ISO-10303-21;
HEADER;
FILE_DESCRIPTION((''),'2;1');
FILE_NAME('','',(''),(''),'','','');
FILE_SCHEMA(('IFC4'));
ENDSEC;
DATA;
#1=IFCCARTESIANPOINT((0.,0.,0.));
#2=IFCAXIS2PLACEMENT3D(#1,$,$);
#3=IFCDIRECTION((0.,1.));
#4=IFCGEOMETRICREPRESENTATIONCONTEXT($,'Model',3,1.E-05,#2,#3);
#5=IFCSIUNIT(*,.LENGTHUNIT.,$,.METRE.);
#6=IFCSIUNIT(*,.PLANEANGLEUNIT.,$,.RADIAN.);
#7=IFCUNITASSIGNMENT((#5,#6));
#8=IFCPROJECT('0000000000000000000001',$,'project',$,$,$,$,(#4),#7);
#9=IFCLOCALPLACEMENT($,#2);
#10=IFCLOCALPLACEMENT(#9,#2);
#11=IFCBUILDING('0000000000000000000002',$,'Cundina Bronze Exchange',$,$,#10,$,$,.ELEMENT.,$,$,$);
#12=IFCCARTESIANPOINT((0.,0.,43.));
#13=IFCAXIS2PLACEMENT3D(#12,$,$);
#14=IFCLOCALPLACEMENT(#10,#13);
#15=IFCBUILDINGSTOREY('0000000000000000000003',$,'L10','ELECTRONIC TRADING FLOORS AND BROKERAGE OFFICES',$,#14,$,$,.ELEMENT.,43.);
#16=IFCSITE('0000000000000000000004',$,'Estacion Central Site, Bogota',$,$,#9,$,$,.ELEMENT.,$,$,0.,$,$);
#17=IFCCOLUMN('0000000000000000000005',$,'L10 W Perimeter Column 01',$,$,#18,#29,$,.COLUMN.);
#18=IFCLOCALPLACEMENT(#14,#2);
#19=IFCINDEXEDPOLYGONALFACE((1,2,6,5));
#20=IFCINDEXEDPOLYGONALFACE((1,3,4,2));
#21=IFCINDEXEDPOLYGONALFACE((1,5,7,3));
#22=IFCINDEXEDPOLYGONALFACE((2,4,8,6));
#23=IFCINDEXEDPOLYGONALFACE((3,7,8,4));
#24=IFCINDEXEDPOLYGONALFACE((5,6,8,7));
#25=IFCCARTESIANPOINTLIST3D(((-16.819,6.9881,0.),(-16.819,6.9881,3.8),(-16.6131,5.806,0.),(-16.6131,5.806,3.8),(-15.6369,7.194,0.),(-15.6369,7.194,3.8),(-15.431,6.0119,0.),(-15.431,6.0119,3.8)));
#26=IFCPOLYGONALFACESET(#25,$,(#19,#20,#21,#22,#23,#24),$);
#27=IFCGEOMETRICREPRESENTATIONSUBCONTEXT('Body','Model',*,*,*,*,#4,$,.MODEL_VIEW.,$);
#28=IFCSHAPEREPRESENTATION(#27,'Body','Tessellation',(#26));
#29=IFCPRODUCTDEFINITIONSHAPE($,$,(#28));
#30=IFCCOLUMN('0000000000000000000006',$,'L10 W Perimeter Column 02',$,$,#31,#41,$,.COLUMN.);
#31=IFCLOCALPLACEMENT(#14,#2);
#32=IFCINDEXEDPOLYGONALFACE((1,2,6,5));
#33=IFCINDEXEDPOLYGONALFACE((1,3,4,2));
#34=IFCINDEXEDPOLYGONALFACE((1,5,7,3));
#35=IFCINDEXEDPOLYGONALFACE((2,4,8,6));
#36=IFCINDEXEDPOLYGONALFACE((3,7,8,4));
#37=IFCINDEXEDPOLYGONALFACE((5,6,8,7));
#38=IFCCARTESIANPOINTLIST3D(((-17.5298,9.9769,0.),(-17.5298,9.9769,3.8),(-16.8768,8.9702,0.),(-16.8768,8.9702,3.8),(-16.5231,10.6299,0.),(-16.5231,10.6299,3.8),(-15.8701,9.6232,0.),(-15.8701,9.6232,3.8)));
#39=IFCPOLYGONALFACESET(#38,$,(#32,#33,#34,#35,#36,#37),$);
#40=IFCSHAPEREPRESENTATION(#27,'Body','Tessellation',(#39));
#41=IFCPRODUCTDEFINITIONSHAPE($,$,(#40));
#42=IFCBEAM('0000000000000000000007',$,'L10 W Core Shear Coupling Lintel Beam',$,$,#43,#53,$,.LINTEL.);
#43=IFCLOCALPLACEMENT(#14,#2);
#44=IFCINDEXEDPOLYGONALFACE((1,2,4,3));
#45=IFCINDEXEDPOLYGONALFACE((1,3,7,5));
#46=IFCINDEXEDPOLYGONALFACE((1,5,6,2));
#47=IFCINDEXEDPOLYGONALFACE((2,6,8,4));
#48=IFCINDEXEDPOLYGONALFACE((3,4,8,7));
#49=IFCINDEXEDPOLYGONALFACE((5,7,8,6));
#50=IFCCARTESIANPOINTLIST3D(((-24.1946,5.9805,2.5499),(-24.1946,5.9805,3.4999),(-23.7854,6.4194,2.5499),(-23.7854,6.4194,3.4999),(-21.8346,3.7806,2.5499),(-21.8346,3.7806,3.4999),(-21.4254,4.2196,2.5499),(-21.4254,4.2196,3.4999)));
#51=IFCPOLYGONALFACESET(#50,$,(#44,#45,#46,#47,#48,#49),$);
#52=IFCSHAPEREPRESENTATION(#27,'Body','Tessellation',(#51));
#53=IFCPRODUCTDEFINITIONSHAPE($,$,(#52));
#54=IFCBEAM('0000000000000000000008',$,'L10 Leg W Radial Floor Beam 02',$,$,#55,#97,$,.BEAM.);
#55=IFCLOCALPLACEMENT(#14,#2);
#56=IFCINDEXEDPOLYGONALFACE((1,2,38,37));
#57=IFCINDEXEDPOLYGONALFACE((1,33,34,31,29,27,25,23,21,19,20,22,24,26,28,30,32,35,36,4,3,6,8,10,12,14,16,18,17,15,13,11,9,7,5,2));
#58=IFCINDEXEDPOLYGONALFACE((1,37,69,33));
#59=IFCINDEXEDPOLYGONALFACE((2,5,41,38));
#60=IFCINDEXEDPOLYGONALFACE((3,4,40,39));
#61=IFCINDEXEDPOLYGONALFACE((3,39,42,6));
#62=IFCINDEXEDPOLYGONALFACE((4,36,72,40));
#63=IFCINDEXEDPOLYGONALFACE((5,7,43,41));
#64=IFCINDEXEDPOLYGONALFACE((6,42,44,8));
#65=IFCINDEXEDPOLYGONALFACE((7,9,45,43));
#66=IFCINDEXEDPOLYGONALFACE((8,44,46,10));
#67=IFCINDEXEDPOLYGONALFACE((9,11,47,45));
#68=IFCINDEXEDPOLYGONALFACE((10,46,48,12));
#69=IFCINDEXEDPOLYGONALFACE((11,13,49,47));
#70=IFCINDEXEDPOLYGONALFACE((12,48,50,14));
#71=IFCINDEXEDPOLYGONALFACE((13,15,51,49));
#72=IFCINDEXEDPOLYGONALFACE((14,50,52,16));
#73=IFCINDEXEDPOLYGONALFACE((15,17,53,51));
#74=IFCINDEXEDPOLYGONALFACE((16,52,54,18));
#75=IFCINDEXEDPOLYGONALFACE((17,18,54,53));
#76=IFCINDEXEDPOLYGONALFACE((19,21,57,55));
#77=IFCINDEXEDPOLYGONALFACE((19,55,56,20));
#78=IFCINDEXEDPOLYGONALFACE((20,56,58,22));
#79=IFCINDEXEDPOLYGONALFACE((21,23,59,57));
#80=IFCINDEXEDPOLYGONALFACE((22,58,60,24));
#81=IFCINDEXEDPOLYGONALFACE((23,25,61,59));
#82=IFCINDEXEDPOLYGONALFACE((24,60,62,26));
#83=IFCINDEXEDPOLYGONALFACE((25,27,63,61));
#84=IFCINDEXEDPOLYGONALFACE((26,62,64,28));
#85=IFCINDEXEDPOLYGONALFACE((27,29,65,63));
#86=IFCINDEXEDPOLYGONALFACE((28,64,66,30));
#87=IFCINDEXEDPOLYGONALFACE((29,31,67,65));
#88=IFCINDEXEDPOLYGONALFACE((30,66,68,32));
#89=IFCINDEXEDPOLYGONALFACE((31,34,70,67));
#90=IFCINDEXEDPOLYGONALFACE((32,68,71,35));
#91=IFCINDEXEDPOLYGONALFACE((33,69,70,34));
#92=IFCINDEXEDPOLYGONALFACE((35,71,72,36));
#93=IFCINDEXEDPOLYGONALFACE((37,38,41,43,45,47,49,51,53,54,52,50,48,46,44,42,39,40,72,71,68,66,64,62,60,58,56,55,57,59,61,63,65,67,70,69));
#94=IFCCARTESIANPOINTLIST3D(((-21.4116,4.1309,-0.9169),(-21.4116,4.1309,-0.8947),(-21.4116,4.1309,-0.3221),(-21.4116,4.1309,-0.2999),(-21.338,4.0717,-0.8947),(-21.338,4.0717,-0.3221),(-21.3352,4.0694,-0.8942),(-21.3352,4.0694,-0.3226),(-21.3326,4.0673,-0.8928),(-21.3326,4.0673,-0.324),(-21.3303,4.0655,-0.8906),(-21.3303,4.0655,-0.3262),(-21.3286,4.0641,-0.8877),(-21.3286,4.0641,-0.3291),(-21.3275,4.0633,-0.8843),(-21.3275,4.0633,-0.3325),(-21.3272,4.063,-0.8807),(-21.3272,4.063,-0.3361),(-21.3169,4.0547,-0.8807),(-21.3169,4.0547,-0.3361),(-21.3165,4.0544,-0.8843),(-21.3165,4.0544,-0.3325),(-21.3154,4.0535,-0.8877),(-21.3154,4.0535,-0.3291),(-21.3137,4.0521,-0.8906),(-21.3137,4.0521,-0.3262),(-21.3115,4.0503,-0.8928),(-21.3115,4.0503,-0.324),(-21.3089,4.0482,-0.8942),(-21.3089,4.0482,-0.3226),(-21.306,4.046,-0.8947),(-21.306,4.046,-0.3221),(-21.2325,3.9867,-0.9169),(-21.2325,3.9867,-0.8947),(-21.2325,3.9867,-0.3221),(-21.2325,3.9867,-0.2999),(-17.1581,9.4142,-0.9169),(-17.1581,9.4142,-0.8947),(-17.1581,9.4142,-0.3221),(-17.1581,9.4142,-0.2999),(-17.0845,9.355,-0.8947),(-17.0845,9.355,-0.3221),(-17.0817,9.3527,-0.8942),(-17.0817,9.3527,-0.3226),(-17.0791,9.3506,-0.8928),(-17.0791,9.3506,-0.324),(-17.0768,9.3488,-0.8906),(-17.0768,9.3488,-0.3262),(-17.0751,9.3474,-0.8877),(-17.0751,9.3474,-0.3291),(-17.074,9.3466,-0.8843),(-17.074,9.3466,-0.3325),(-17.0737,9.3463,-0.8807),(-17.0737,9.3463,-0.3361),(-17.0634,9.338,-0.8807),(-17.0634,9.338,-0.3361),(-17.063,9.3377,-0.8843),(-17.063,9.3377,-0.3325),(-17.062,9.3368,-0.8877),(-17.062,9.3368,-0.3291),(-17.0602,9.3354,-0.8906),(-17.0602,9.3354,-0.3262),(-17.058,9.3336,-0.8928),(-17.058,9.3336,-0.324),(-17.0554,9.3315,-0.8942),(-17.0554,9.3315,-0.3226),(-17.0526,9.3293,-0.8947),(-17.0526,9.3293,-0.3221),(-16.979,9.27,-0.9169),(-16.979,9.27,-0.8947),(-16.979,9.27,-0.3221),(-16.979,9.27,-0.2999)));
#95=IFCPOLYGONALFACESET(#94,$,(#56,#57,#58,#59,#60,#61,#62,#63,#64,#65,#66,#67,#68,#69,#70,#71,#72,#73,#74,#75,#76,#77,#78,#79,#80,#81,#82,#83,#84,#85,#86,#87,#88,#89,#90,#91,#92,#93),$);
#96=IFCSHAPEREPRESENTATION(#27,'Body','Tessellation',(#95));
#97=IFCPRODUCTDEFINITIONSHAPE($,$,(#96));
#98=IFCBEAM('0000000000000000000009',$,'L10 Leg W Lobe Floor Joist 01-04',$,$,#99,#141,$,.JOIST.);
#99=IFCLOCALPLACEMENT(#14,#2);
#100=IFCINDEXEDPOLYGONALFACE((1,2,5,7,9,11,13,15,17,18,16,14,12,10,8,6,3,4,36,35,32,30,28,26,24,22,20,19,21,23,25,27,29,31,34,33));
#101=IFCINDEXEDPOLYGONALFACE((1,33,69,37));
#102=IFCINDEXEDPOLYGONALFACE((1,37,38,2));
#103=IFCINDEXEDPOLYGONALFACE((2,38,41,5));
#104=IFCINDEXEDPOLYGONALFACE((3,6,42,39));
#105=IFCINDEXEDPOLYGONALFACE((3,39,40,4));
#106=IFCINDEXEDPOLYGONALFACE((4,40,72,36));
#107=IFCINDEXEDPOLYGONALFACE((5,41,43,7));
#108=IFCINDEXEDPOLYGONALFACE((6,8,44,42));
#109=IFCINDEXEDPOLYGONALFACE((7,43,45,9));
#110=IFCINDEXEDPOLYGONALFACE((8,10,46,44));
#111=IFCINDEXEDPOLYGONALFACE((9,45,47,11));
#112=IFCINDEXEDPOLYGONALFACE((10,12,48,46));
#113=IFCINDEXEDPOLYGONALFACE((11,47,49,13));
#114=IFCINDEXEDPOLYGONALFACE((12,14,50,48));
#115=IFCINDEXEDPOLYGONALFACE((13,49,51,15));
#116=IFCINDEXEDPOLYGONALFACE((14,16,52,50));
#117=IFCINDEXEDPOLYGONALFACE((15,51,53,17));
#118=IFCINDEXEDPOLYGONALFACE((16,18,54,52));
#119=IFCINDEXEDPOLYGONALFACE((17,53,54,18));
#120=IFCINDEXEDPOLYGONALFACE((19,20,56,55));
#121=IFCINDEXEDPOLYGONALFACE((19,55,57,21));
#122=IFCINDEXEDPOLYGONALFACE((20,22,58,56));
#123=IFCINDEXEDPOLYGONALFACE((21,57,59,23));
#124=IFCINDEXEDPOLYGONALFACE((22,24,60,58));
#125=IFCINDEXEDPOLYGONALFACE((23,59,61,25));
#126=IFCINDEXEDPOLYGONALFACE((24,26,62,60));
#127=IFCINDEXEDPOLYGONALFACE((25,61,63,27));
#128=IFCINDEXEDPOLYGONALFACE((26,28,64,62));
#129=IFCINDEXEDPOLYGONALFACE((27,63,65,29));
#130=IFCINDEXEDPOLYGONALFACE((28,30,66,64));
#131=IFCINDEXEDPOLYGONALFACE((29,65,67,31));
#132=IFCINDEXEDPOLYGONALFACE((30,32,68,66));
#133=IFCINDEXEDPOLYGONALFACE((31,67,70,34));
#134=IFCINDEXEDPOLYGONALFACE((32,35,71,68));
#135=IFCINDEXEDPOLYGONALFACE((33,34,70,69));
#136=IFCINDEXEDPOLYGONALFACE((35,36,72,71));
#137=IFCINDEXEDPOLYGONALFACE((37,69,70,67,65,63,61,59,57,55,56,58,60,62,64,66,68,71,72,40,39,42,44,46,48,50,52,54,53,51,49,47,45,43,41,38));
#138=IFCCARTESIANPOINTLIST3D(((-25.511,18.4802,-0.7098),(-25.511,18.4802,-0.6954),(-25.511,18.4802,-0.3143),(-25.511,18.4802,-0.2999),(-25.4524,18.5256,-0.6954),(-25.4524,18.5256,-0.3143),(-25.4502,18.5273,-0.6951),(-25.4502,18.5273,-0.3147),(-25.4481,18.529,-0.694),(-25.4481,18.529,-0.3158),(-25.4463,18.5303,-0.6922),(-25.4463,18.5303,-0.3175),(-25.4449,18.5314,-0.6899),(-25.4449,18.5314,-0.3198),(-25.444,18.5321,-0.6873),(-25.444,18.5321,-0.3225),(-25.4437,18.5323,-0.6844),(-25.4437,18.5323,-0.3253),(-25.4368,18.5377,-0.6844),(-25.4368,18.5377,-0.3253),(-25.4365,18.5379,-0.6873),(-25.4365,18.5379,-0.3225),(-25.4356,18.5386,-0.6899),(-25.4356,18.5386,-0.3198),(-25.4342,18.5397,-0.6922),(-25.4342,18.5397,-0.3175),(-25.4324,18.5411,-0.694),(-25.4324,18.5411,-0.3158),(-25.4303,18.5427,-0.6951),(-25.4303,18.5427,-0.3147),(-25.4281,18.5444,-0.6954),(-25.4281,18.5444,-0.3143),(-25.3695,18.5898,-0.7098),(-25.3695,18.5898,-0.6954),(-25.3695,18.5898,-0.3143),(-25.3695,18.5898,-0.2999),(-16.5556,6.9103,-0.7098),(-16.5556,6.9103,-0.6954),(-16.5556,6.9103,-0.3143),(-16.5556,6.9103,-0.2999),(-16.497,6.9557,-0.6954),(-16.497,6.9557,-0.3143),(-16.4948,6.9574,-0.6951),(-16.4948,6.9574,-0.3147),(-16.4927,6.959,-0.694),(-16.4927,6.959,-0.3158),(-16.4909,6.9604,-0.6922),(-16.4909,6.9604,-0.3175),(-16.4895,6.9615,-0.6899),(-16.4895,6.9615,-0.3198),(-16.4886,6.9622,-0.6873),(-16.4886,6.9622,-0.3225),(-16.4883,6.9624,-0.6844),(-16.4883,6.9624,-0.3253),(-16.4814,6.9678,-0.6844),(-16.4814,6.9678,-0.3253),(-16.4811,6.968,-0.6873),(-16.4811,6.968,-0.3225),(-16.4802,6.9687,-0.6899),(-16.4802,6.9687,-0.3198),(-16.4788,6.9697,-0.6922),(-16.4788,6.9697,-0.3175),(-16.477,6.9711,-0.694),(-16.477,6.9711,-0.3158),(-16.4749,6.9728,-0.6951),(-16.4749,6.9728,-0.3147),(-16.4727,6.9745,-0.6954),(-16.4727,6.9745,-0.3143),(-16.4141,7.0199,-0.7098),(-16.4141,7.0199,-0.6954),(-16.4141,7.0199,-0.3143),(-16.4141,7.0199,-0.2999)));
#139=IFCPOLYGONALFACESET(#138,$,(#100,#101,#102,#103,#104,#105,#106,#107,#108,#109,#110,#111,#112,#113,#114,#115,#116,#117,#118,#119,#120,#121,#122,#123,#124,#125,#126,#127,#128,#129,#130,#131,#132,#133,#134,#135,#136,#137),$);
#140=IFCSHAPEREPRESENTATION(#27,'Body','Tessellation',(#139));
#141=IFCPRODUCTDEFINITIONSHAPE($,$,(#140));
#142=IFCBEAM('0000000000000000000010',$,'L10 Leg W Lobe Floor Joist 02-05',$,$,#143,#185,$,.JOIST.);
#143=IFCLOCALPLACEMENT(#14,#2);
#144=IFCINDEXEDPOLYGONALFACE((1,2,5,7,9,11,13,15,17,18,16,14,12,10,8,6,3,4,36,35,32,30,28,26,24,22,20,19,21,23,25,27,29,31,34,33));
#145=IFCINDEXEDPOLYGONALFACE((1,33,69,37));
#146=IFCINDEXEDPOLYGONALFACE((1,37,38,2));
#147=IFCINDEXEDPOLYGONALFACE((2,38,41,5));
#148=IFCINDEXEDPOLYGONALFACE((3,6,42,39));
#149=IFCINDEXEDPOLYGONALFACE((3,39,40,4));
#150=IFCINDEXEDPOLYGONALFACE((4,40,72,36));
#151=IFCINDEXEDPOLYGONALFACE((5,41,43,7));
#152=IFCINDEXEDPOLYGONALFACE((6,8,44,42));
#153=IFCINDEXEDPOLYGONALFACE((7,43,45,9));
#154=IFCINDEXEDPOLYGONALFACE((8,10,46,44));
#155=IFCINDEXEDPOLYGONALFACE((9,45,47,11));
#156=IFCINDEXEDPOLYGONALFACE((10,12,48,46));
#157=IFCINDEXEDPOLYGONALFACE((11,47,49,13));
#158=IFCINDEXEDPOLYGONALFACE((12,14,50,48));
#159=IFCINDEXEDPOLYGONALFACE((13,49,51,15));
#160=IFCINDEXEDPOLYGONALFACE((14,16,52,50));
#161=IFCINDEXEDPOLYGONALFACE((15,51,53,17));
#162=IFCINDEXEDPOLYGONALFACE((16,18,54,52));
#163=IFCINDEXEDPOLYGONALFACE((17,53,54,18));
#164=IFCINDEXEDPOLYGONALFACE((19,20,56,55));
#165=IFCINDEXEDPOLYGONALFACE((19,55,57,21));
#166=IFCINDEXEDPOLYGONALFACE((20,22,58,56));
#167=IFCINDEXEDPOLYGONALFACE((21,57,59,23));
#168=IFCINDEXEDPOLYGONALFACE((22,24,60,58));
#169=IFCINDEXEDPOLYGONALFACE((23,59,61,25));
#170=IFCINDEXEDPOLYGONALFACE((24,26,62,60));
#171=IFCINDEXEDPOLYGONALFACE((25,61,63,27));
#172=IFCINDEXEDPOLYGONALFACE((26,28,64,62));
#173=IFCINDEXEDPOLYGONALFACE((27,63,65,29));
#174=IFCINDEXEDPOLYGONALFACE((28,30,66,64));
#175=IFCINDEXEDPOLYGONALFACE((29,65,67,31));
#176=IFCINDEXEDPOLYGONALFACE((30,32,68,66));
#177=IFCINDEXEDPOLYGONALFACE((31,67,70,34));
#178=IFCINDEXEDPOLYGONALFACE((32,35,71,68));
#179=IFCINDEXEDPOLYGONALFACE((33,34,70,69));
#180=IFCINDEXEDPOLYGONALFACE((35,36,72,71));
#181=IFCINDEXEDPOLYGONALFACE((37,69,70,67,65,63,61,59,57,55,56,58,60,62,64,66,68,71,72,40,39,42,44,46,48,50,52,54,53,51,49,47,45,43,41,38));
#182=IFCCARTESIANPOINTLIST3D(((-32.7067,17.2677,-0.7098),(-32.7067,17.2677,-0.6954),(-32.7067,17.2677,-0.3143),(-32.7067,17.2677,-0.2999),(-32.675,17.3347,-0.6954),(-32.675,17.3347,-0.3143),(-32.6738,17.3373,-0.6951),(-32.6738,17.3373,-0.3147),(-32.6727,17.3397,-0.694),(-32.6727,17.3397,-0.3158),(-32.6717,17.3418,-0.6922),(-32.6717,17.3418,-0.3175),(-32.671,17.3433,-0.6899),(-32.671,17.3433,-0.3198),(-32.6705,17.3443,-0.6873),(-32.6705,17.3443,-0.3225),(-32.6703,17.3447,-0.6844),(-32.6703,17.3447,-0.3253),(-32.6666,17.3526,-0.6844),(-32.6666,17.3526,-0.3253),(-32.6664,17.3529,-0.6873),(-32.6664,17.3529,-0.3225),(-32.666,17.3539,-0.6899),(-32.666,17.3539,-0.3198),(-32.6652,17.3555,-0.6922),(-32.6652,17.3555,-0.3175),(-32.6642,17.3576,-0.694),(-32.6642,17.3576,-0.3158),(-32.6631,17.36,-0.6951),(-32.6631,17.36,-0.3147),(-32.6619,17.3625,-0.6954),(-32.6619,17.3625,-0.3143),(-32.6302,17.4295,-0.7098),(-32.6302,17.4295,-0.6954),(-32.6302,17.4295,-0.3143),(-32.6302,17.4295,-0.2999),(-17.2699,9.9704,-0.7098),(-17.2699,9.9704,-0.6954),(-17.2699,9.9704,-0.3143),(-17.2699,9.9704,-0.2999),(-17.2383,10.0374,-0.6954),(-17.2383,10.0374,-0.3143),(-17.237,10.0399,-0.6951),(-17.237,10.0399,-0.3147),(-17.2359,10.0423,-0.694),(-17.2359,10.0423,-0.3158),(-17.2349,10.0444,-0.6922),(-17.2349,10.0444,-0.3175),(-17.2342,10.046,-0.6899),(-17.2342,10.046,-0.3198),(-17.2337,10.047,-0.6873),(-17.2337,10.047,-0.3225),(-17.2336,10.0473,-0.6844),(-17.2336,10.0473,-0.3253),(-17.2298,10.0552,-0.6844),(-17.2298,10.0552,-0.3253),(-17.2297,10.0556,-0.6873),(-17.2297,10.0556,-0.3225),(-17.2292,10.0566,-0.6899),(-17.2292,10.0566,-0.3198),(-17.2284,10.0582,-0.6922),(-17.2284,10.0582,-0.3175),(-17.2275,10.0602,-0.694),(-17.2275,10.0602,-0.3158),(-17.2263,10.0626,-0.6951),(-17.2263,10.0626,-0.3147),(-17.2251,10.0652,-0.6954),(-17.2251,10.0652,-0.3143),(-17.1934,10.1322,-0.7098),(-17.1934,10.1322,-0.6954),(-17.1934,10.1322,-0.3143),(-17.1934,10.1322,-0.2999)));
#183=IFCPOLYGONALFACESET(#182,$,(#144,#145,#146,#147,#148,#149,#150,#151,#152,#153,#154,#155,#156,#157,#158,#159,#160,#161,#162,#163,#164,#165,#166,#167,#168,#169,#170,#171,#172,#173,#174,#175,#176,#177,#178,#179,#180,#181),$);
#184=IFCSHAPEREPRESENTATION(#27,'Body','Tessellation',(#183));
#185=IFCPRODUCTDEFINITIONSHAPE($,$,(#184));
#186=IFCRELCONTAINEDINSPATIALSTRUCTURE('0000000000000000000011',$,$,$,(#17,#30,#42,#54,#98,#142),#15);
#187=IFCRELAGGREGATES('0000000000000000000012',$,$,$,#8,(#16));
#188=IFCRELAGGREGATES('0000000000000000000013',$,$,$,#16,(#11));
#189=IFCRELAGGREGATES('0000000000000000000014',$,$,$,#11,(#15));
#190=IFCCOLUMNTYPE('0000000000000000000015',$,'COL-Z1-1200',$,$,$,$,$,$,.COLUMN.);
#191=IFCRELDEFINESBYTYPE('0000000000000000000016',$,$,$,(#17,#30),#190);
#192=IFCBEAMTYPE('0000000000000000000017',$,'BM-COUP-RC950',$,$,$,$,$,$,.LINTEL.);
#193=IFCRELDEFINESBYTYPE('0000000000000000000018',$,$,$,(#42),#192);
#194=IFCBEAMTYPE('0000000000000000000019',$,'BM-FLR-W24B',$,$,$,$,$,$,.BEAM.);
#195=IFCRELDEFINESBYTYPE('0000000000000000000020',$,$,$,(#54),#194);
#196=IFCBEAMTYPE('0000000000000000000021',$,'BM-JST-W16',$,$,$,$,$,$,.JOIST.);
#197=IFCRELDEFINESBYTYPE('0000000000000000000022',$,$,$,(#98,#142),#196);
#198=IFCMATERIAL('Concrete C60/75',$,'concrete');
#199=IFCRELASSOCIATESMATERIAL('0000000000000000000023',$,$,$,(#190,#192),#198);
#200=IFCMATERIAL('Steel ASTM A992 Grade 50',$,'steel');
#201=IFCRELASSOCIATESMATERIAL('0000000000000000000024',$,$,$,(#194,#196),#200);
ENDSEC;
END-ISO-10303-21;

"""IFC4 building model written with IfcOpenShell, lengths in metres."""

from ifc_helpers import new_model, si_unit, direction, frame, origin, origin_2d, place, context, subcontext, project, spatial, rectangle, i_section, extrude, material, material_profile, profile_set, type_object, element, save


model = new_model("IFC4")

# Units and contexts
model_context = context("Model", 3, precision=1e-05, world=origin(), true_north=direction((0.0, 1.0)))
body_context = subcontext(model_context, "Body", "Model", "MODEL_VIEW")
ifc_project = project(units=[si_unit("LENGTHUNIT", "METRE"), si_unit("PLANEANGLEUNIT", "RADIAN")], contexts=[model_context])

# Site, building, storey
site_placement = place(None, origin())
site = spatial("IfcSite", under=ifc_project, at=site_placement, Name="Estacion Central Site, Bogota", CompositionType="ELEMENT", RefElevation=0.0)
building_placement = place(site_placement, origin())
building = spatial("IfcBuilding", under=site, at=building_placement, Name="Cundina Bronze Exchange", CompositionType="ELEMENT")
storey_placement = place(building_placement, frame((0.0, 0.0, 43.0)))
storey = spatial("IfcBuildingStorey", under=building, at=storey_placement, Name="L10", Description="ELECTRONIC TRADING FLOORS AND BROKERAGE OFFICES", CompositionType="ELEMENT", Elevation=43.0)

# Columns
ifc_material_1 = material(Name="Concrete C60/75", Category="concrete")
ifc_material_profile_1 = material_profile(ifc_material_1, rectangle(XDim=1.2, YDim=1.2, at=origin_2d()), Name="RC1200X1200", Category="concrete")
ifc_profile_set_1 = profile_set([ifc_material_profile_1], Name="Concrete C60/75")
column_type = type_object("IfcColumnType", Name="COL-Z1-1200", PredefinedType="COLUMN", material=ifc_profile_set_1)
for number, where, z_axis, x_axis, name in (
    (1, (-16.125, 6.5, 0.0), (0.0, 0.0, 1.0), (-0.171585, 0.985169, 0.0), "L10 W Perimeter Column 01"),
    (2, (-16.7, 9.8, 0.0), (0.0, 0.0, 1.0), (-0.5442, 0.838956, 0.0), "L10 W Perimeter Column 02"),
):
    element("IfcColumn", number, at=place(storey_placement, frame(where, z_axis=z_axis, x_axis=x_axis)), inside=storey, type_object=column_type, Name=name, PredefinedType="COLUMN", context=body_context, shape_type="SweptSolid", body=[
        extrude(rectangle(XDim=1.2, YDim=1.2, at=origin_2d()), origin(), (0.0, 0.0, 1.0), 3.8),
    ])

# Beams
ifc_material_profile_2 = material_profile(ifc_material_1, rectangle(XDim=0.6001, YDim=0.95, at=origin_2d()), Name="RC600X950", Category="concrete")
ifc_profile_set_2 = profile_set([ifc_material_profile_2], Name="Concrete C60/75")
beam_type_1 = type_object("IfcBeamType", Name="BM-COUP-RC950", PredefinedType="LINTEL", material=ifc_profile_set_2)
beam_1_placement = place(storey_placement, frame((-23.99, 6.2, 3.0249), z_axis=(0.73149, -0.681852, 0.0), x_axis=(0.681852, 0.73149, 0.0)))
element("IfcBeam", 3, at=beam_1_placement, inside=storey, type_object=beam_type_1, Name="L10 W Core Shear Coupling Lintel Beam", PredefinedType="LINTEL", context=body_context, shape_type="SweptSolid", body=[
    extrude(rectangle(XDim=0.6001, YDim=0.95, at=origin_2d()), origin(), (0.0, 0.0, 1.0), 3.2263),
])
ifc_material_2 = material(Name="Steel ASTM A992 Grade 50", Category="steel")
ifc_material_profile_3 = material_profile(ifc_material_2, i_section(OverallWidth=0.23, OverallDepth=0.6169, WebThickness=0.0132, FlangeThickness=0.0222, FilletRadius=0.0139, at=origin_2d()), Name="W24X94", Category="steel")
ifc_profile_set_3 = profile_set([ifc_material_profile_3], Name="Steel ASTM A992 Grade 50")
beam_type_2 = type_object("IfcBeamType", Name="BM-FLR-W24B", PredefinedType="BEAM", material=ifc_profile_set_3)
beam_2_placement = place(storey_placement, frame((-21.322, 4.0588, -0.6084), z_axis=(0.627106, 0.778934, 0.0), x_axis=(-0.778934, 0.627106, 0.0)))
element("IfcBeam", 4, at=beam_2_placement, inside=storey, type_object=beam_type_2, Name="L10 Leg W Radial Floor Beam 02", PredefinedType="BEAM", context=body_context, shape_type="SweptSolid", body=[
    extrude(i_section(OverallWidth=0.23, OverallDepth=0.6169, WebThickness=0.0132, FlangeThickness=0.0222, FilletRadius=0.0139, at=origin_2d()), origin(), (0.0, 0.0, 1.0), 6.7827),
])
ifc_material_profile_4 = material_profile(ifc_material_2, i_section(OverallWidth=0.179, OverallDepth=0.4099, WebThickness=0.0088, FlangeThickness=0.0144, FilletRadius=0.011, at=origin_2d()), Name="W16X45", Category="steel")
ifc_profile_set_4 = profile_set([ifc_material_profile_4], Name="Steel ASTM A992 Grade 50")
beam_type_3 = type_object("IfcBeamType", Name="BM-JST-W16", PredefinedType="JOIST", material=ifc_profile_set_4)
beam_3_placement = place(storey_placement, frame((-16.4849, 6.9651, -0.5049), z_axis=(-0.612089, 0.790789, 0.0), x_axis=(-0.790789, -0.612089, 0.0)))
element("IfcBeam", 5, at=beam_3_placement, inside=storey, type_object=beam_type_3, Name="L10 Leg W Lobe Floor Joist 01-04", PredefinedType="JOIST", context=body_context, shape_type="SweptSolid", body=[
    extrude(i_section(OverallWidth=0.179, OverallDepth=0.4099, WebThickness=0.0088, FlangeThickness=0.0144, FilletRadius=0.011, at=origin_2d()), origin(), (0.0, 0.0, 1.0), 14.6309),
])
beam_4_placement = place(storey_placement, frame((-17.2317, 10.0513, -0.5049), z_axis=(-0.904073, 0.427379, 0.0), x_axis=(-0.427379, -0.904073, 0.0)))
element("IfcBeam", 6, at=beam_4_placement, inside=storey, type_object=beam_type_3, Name="L10 Leg W Lobe Floor Joist 02-05", PredefinedType="JOIST", context=body_context, shape_type="SweptSolid", body=[
    extrude(i_section(OverallWidth=0.179, OverallDepth=0.4099, WebThickness=0.0088, FlangeThickness=0.0144, FilletRadius=0.011, at=origin_2d()), origin(), (0.0, 0.0, 1.0), 17.0747),
])

save(model, "model.ifc")
